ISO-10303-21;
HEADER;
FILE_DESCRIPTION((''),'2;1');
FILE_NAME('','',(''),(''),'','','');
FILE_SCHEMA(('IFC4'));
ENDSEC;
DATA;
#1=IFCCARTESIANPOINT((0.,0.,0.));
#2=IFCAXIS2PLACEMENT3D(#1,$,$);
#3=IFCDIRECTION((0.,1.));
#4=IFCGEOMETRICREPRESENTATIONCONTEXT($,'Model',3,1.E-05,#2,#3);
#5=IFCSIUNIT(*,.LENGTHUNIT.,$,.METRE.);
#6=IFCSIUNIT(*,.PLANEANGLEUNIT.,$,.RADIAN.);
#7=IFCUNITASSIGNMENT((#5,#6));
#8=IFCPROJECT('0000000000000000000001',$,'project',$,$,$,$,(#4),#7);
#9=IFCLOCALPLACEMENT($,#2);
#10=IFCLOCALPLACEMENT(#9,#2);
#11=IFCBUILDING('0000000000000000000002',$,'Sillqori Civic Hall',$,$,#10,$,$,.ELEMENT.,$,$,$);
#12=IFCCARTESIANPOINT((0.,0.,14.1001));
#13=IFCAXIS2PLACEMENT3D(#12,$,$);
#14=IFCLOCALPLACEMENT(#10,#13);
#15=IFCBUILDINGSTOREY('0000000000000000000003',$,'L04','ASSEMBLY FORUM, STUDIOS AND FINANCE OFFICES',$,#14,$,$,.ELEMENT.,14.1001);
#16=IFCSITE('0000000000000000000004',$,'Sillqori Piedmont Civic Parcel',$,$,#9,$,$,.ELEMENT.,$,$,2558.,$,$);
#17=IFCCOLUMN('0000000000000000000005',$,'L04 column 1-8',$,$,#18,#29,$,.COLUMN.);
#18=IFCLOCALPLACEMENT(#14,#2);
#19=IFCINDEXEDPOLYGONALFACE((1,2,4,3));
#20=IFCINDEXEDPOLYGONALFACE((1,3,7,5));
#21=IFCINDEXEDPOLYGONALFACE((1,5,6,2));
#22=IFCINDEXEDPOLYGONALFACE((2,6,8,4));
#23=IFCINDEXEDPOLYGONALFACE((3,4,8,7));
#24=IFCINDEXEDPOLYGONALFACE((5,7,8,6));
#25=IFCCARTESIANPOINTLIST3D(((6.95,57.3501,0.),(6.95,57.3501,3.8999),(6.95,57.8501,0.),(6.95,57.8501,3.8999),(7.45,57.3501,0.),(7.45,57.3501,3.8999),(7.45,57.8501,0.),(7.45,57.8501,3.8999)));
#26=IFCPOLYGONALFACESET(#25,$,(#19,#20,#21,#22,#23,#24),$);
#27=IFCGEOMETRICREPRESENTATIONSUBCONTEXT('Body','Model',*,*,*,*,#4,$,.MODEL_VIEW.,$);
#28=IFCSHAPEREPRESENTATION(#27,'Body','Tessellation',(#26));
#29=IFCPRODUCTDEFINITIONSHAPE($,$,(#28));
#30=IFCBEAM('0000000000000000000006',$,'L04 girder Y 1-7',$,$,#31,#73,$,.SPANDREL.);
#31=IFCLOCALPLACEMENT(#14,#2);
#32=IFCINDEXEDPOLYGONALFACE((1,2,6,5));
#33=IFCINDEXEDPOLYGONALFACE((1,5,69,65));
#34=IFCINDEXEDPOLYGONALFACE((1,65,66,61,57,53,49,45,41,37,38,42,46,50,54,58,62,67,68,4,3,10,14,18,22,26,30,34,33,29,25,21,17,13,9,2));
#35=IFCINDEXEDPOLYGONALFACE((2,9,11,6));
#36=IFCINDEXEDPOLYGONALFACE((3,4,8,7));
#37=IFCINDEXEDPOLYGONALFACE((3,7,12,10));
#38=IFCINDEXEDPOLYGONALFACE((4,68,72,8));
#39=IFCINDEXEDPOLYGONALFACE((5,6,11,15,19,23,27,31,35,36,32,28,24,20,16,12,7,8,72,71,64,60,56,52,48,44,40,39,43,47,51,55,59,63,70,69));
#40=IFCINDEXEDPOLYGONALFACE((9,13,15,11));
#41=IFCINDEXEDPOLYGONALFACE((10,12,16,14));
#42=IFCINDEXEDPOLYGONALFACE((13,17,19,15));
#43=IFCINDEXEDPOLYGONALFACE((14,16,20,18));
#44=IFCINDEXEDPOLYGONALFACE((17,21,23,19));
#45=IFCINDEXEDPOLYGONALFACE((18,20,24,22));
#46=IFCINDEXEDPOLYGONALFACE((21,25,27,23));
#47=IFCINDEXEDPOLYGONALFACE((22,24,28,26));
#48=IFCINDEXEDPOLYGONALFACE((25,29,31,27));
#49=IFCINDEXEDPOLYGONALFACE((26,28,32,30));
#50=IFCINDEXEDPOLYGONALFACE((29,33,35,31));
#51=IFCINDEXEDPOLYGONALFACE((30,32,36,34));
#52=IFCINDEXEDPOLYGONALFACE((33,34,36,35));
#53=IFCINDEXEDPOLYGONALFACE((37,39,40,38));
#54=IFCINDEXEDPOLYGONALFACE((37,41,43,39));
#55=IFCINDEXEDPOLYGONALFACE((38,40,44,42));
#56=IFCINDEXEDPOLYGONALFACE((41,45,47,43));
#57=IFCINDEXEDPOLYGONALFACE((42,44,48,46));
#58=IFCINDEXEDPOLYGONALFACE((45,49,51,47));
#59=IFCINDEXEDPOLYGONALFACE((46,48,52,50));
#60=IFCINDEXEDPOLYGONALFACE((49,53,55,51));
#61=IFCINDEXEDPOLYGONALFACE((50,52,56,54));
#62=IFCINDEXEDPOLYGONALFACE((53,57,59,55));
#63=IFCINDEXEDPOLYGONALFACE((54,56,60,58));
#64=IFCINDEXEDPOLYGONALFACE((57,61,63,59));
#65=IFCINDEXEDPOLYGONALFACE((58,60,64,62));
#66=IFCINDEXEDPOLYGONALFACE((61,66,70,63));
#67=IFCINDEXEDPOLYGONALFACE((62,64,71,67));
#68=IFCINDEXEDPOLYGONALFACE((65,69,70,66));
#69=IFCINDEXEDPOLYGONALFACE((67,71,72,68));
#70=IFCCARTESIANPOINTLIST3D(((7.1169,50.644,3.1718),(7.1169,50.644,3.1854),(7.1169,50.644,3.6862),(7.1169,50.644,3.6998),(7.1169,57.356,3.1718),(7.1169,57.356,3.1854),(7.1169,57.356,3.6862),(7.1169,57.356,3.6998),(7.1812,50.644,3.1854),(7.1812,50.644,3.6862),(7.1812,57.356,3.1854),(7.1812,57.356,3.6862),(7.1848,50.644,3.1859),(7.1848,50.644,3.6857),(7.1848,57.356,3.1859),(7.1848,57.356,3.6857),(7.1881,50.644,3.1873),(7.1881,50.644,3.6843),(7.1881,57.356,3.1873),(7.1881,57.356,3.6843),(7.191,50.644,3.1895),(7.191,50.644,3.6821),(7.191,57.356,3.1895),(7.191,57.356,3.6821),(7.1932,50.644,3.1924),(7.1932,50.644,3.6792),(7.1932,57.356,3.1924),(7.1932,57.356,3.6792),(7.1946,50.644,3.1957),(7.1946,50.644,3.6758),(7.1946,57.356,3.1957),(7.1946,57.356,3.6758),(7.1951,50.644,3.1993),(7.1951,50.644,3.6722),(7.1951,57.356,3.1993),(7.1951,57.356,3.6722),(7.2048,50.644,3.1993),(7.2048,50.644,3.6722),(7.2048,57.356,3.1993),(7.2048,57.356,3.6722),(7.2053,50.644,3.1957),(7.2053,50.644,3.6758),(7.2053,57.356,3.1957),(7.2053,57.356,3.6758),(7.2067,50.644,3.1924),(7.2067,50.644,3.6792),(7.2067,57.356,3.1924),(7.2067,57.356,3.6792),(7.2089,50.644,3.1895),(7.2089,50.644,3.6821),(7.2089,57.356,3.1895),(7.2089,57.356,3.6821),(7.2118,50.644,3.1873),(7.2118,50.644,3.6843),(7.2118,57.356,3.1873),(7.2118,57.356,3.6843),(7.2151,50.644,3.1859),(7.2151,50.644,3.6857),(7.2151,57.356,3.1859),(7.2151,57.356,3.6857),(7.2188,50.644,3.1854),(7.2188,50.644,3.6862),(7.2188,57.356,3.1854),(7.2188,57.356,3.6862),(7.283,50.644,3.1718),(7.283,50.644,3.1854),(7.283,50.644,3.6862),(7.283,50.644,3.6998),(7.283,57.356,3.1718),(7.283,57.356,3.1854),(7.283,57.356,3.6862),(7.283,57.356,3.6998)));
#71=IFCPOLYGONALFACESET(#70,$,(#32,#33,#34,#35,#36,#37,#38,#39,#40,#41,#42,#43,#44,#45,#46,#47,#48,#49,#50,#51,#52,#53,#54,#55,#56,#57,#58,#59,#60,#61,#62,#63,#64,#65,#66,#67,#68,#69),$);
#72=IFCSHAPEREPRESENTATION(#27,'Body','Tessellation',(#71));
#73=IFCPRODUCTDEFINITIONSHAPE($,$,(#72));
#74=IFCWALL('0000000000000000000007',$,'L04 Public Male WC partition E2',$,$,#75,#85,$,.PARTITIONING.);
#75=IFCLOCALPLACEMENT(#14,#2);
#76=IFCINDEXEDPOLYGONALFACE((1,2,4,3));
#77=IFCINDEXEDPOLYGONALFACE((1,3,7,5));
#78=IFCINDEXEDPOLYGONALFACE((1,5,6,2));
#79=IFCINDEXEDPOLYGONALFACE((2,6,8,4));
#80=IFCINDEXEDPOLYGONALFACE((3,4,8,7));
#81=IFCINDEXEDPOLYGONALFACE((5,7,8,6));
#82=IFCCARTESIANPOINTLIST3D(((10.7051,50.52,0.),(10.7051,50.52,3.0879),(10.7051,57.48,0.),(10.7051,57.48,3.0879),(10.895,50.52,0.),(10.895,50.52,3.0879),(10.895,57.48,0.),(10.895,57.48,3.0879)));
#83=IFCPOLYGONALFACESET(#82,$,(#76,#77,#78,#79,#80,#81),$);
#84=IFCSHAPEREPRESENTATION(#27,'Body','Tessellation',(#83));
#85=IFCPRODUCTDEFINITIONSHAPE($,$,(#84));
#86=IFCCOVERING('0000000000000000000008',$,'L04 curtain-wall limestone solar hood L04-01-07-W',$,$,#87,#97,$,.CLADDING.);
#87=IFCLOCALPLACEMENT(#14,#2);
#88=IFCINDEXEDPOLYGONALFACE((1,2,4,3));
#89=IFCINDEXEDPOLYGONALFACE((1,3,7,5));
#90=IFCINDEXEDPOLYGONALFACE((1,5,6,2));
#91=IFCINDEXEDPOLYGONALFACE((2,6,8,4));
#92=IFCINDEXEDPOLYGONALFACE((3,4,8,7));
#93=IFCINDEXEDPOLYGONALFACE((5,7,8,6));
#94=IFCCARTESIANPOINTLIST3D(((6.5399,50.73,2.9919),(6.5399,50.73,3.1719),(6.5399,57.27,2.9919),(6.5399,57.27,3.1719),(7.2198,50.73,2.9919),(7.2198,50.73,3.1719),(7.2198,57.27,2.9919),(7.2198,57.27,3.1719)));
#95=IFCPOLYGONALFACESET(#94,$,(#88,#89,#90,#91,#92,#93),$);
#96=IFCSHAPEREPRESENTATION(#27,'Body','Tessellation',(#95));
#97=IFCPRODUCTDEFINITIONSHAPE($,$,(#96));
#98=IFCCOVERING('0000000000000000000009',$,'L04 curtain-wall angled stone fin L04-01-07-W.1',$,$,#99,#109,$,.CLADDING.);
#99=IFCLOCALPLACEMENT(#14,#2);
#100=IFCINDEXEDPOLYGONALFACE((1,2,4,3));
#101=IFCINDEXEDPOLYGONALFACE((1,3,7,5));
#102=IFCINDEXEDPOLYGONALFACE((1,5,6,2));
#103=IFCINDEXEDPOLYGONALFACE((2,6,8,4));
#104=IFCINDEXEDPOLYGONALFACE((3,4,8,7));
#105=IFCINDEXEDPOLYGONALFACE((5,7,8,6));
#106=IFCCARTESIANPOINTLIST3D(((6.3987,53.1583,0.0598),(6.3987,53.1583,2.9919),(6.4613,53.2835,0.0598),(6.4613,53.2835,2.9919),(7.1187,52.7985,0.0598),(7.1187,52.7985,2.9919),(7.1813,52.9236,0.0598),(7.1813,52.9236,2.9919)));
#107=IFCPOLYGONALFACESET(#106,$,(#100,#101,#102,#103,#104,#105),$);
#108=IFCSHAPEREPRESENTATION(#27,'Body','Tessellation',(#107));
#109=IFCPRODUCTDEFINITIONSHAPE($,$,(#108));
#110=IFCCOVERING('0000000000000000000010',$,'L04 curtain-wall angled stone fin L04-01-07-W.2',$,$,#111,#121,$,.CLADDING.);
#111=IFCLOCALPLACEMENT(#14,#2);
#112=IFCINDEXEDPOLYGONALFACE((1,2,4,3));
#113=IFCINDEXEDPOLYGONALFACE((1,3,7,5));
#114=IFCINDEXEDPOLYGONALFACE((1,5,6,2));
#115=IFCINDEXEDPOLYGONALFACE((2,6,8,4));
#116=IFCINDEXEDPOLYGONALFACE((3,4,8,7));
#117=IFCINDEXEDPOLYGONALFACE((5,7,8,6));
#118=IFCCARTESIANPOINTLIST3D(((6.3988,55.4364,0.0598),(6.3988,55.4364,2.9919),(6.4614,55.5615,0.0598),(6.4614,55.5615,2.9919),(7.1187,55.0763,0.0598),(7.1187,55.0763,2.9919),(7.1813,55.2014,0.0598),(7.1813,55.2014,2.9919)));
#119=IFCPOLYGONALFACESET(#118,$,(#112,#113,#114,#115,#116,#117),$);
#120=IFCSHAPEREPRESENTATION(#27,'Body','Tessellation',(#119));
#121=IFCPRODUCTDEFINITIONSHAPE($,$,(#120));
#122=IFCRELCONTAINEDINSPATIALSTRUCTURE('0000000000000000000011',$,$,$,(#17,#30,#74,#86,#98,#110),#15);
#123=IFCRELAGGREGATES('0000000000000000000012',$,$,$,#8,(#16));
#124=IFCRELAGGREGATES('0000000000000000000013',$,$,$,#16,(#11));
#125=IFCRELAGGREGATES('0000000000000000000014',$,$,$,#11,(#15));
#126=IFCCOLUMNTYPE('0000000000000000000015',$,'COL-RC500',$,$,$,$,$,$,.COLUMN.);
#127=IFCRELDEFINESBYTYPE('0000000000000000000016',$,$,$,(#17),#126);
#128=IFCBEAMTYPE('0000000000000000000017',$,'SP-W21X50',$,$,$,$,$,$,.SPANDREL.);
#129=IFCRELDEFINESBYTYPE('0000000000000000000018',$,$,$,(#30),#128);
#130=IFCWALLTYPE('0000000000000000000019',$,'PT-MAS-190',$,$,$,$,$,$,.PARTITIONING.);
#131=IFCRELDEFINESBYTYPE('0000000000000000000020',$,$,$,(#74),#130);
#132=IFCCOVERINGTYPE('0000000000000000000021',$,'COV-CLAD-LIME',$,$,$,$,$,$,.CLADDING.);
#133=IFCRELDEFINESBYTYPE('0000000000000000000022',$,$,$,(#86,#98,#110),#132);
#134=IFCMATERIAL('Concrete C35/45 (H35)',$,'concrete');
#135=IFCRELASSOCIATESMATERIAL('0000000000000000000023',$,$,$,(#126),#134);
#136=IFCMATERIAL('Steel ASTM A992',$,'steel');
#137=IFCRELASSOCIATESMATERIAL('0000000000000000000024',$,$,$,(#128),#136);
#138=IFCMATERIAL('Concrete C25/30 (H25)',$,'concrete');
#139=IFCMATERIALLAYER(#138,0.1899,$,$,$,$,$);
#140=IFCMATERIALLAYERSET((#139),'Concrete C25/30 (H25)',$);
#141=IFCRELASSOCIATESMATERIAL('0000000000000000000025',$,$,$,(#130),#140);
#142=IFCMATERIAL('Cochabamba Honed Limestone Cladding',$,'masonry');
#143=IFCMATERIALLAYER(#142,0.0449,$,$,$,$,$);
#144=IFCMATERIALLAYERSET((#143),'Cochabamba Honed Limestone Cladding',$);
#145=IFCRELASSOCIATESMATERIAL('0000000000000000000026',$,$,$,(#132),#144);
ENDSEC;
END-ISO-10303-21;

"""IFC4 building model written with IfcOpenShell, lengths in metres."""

from ifc_helpers import new_model, si_unit, direction, frame, frame_2d, origin, origin_2d, place, context, subcontext, project, spatial, rectangle, i_section, extrude, material, layer, layer_set, material_profile, profile_set, type_object, element, save


model = new_model("IFC4")

# Units and contexts
model_context = context("Model", 3, precision=1e-05, world=origin(), true_north=direction((0.0, 1.0)))
body_context = subcontext(model_context, "Body", "Model", "MODEL_VIEW")
ifc_project = project(units=[si_unit("LENGTHUNIT", "METRE"), si_unit("PLANEANGLEUNIT", "RADIAN")], contexts=[model_context])

# Site, building, storey
site_placement = place(None, origin())
site = spatial("IfcSite", under=ifc_project, at=site_placement, Name="Sillqori Piedmont Civic Parcel", CompositionType="ELEMENT", RefElevation=2558.0)
building_placement = place(site_placement, origin())
building = spatial("IfcBuilding", under=site, at=building_placement, Name="Sillqori Civic Hall", CompositionType="ELEMENT")
storey_placement = place(building_placement, frame((0.0, 0.0, 14.1001)))
storey = spatial("IfcBuildingStorey", under=building, at=storey_placement, Name="L04", Description="ASSEMBLY FORUM, STUDIOS AND FINANCE OFFICES", CompositionType="ELEMENT", Elevation=14.1001)

# Column
ifc_material_1 = material(Name="Concrete C35/45 (H35)", Category="concrete")
ifc_material_profile_1 = material_profile(ifc_material_1, rectangle(XDim=0.5, YDim=0.5, at=origin_2d()), Name="RC 500x500")
ifc_profile_set_1 = profile_set([ifc_material_profile_1], Name="Concrete C35/45 (H35)")
column_type = type_object("IfcColumnType", Name="COL-RC500", PredefinedType="COLUMN", material=ifc_profile_set_1)
column_placement = place(storey_placement, frame((7.2, 57.6001, 0.0), z_axis=(0.0, 0.0, 1.0), x_axis=(1.0, 0.0, 0.0)))
element("IfcColumn", 1, at=column_placement, inside=storey, type_object=column_type, Name="L04 column 1-8", PredefinedType="COLUMN", context=body_context, shape_type="SweptSolid", body=[
    extrude(rectangle(XDim=0.5, YDim=0.5, at=origin_2d()), origin(), (0.0, 0.0, 1.0), 3.8999),
])

# Beam
ifc_material_2 = material(Name="Steel ASTM A992", Category="steel")
ifc_material_profile_2 = material_profile(ifc_material_2, i_section(OverallWidth=0.166, OverallDepth=0.5281, WebThickness=0.0098, FlangeThickness=0.0137, FilletRadius=0.0139, at=origin_2d()), Name="W21X50")
ifc_profile_set_2 = profile_set([ifc_material_profile_2], Name="Steel ASTM A992")
beam_type = type_object("IfcBeamType", Name="SP-W21X50", PredefinedType="SPANDREL", material=ifc_profile_set_2)
beam_placement = place(storey_placement, frame((7.2, 50.644, 3.4358), z_axis=(0.0, 1.0, 0.0), x_axis=(-1.0, 0.0, 0.0)))
element("IfcBeam", 2, at=beam_placement, inside=storey, type_object=beam_type, Name="L04 girder Y 1-7", PredefinedType="SPANDREL", context=body_context, shape_type="SweptSolid", body=[
    extrude(i_section(OverallWidth=0.166, OverallDepth=0.5281, WebThickness=0.0098, FlangeThickness=0.0137, FilletRadius=0.0139, at=origin_2d()), origin(), (0.0, 0.0, 1.0), 6.7119),
])

# Wall
ifc_material_3 = material(Name="Concrete C25/30 (H25)", Category="concrete")
ifc_layer_1 = layer(ifc_material_3, 0.1899)
ifc_layer_set_1 = layer_set([ifc_layer_1], Name="Concrete C25/30 (H25)")
wall_type = type_object("IfcWallType", Name="PT-MAS-190", PredefinedType="PARTITIONING", material=ifc_layer_set_1)
wall_placement = place(storey_placement, frame((10.8, 57.48, 0.0), z_axis=(0.0, 0.0, 1.0), x_axis=(0.0, -1.0, 0.0)))
element("IfcWall", 3, at=wall_placement, inside=storey, type_object=wall_type, Name="L04 Public Male WC partition E2", PredefinedType="PARTITIONING", context=body_context, shape_type="SweptSolid", body=[
    extrude(rectangle(XDim=6.96, YDim=0.1899, at=frame_2d((3.48, 0.0))), origin(), (0.0, 0.0, 1.0), 3.0879),
])

# Coverings
ifc_material_4 = material(Name="Cochabamba Honed Limestone Cladding", Category="masonry")
ifc_layer_2 = layer(ifc_material_4, 0.0449)
ifc_layer_set_2 = layer_set([ifc_layer_2], Name="Cochabamba Honed Limestone Cladding")
covering_type = type_object("IfcCoveringType", Name="COV-CLAD-LIME", PredefinedType="CLADDING", material=ifc_layer_set_2)
covering_placement = place(storey_placement, frame((6.8799, 50.73, 2.9919), z_axis=(0.0, 0.0, 1.0), x_axis=(0.0, 1.0, 0.0)))
element("IfcCovering", 4, at=covering_placement, inside=storey, type_object=covering_type, Name="L04 curtain-wall limestone solar hood L04-01-07-W", PredefinedType="CLADDING", context=body_context, shape_type="SweptSolid", body=[
    extrude(rectangle(XDim=6.54, YDim=0.6799, at=frame_2d((3.27, 0.0))), origin(), (0.0, 0.0, 1.0), 0.1799),
])
for number, where, z_axis, x_axis, name in (
    (5, (7.1499, 52.8611, 0.0598), (0.0, 0.0, 1.0), (-0.894488, 0.447092, 0.0), "L04 curtain-wall angled stone fin L04-01-07-W.1"),
    (6, (7.1499, 55.1389, 0.0598), (0.0, 0.0, 1.0), (-0.894367, 0.447335, 0.0), "L04 curtain-wall angled stone fin L04-01-07-W.2"),
):
    element("IfcCovering", number, at=place(storey_placement, frame(where, z_axis=z_axis, x_axis=x_axis)), inside=storey, type_object=covering_type, Name=name, PredefinedType="CLADDING", context=body_context, shape_type="SweptSolid", body=[
        extrude(rectangle(XDim=0.8049, YDim=0.1399, at=frame_2d((0.4023, 0.0))), origin(), (0.0, 0.0, 1.0), 2.9321),
    ])

save(model, "model.ifc")
